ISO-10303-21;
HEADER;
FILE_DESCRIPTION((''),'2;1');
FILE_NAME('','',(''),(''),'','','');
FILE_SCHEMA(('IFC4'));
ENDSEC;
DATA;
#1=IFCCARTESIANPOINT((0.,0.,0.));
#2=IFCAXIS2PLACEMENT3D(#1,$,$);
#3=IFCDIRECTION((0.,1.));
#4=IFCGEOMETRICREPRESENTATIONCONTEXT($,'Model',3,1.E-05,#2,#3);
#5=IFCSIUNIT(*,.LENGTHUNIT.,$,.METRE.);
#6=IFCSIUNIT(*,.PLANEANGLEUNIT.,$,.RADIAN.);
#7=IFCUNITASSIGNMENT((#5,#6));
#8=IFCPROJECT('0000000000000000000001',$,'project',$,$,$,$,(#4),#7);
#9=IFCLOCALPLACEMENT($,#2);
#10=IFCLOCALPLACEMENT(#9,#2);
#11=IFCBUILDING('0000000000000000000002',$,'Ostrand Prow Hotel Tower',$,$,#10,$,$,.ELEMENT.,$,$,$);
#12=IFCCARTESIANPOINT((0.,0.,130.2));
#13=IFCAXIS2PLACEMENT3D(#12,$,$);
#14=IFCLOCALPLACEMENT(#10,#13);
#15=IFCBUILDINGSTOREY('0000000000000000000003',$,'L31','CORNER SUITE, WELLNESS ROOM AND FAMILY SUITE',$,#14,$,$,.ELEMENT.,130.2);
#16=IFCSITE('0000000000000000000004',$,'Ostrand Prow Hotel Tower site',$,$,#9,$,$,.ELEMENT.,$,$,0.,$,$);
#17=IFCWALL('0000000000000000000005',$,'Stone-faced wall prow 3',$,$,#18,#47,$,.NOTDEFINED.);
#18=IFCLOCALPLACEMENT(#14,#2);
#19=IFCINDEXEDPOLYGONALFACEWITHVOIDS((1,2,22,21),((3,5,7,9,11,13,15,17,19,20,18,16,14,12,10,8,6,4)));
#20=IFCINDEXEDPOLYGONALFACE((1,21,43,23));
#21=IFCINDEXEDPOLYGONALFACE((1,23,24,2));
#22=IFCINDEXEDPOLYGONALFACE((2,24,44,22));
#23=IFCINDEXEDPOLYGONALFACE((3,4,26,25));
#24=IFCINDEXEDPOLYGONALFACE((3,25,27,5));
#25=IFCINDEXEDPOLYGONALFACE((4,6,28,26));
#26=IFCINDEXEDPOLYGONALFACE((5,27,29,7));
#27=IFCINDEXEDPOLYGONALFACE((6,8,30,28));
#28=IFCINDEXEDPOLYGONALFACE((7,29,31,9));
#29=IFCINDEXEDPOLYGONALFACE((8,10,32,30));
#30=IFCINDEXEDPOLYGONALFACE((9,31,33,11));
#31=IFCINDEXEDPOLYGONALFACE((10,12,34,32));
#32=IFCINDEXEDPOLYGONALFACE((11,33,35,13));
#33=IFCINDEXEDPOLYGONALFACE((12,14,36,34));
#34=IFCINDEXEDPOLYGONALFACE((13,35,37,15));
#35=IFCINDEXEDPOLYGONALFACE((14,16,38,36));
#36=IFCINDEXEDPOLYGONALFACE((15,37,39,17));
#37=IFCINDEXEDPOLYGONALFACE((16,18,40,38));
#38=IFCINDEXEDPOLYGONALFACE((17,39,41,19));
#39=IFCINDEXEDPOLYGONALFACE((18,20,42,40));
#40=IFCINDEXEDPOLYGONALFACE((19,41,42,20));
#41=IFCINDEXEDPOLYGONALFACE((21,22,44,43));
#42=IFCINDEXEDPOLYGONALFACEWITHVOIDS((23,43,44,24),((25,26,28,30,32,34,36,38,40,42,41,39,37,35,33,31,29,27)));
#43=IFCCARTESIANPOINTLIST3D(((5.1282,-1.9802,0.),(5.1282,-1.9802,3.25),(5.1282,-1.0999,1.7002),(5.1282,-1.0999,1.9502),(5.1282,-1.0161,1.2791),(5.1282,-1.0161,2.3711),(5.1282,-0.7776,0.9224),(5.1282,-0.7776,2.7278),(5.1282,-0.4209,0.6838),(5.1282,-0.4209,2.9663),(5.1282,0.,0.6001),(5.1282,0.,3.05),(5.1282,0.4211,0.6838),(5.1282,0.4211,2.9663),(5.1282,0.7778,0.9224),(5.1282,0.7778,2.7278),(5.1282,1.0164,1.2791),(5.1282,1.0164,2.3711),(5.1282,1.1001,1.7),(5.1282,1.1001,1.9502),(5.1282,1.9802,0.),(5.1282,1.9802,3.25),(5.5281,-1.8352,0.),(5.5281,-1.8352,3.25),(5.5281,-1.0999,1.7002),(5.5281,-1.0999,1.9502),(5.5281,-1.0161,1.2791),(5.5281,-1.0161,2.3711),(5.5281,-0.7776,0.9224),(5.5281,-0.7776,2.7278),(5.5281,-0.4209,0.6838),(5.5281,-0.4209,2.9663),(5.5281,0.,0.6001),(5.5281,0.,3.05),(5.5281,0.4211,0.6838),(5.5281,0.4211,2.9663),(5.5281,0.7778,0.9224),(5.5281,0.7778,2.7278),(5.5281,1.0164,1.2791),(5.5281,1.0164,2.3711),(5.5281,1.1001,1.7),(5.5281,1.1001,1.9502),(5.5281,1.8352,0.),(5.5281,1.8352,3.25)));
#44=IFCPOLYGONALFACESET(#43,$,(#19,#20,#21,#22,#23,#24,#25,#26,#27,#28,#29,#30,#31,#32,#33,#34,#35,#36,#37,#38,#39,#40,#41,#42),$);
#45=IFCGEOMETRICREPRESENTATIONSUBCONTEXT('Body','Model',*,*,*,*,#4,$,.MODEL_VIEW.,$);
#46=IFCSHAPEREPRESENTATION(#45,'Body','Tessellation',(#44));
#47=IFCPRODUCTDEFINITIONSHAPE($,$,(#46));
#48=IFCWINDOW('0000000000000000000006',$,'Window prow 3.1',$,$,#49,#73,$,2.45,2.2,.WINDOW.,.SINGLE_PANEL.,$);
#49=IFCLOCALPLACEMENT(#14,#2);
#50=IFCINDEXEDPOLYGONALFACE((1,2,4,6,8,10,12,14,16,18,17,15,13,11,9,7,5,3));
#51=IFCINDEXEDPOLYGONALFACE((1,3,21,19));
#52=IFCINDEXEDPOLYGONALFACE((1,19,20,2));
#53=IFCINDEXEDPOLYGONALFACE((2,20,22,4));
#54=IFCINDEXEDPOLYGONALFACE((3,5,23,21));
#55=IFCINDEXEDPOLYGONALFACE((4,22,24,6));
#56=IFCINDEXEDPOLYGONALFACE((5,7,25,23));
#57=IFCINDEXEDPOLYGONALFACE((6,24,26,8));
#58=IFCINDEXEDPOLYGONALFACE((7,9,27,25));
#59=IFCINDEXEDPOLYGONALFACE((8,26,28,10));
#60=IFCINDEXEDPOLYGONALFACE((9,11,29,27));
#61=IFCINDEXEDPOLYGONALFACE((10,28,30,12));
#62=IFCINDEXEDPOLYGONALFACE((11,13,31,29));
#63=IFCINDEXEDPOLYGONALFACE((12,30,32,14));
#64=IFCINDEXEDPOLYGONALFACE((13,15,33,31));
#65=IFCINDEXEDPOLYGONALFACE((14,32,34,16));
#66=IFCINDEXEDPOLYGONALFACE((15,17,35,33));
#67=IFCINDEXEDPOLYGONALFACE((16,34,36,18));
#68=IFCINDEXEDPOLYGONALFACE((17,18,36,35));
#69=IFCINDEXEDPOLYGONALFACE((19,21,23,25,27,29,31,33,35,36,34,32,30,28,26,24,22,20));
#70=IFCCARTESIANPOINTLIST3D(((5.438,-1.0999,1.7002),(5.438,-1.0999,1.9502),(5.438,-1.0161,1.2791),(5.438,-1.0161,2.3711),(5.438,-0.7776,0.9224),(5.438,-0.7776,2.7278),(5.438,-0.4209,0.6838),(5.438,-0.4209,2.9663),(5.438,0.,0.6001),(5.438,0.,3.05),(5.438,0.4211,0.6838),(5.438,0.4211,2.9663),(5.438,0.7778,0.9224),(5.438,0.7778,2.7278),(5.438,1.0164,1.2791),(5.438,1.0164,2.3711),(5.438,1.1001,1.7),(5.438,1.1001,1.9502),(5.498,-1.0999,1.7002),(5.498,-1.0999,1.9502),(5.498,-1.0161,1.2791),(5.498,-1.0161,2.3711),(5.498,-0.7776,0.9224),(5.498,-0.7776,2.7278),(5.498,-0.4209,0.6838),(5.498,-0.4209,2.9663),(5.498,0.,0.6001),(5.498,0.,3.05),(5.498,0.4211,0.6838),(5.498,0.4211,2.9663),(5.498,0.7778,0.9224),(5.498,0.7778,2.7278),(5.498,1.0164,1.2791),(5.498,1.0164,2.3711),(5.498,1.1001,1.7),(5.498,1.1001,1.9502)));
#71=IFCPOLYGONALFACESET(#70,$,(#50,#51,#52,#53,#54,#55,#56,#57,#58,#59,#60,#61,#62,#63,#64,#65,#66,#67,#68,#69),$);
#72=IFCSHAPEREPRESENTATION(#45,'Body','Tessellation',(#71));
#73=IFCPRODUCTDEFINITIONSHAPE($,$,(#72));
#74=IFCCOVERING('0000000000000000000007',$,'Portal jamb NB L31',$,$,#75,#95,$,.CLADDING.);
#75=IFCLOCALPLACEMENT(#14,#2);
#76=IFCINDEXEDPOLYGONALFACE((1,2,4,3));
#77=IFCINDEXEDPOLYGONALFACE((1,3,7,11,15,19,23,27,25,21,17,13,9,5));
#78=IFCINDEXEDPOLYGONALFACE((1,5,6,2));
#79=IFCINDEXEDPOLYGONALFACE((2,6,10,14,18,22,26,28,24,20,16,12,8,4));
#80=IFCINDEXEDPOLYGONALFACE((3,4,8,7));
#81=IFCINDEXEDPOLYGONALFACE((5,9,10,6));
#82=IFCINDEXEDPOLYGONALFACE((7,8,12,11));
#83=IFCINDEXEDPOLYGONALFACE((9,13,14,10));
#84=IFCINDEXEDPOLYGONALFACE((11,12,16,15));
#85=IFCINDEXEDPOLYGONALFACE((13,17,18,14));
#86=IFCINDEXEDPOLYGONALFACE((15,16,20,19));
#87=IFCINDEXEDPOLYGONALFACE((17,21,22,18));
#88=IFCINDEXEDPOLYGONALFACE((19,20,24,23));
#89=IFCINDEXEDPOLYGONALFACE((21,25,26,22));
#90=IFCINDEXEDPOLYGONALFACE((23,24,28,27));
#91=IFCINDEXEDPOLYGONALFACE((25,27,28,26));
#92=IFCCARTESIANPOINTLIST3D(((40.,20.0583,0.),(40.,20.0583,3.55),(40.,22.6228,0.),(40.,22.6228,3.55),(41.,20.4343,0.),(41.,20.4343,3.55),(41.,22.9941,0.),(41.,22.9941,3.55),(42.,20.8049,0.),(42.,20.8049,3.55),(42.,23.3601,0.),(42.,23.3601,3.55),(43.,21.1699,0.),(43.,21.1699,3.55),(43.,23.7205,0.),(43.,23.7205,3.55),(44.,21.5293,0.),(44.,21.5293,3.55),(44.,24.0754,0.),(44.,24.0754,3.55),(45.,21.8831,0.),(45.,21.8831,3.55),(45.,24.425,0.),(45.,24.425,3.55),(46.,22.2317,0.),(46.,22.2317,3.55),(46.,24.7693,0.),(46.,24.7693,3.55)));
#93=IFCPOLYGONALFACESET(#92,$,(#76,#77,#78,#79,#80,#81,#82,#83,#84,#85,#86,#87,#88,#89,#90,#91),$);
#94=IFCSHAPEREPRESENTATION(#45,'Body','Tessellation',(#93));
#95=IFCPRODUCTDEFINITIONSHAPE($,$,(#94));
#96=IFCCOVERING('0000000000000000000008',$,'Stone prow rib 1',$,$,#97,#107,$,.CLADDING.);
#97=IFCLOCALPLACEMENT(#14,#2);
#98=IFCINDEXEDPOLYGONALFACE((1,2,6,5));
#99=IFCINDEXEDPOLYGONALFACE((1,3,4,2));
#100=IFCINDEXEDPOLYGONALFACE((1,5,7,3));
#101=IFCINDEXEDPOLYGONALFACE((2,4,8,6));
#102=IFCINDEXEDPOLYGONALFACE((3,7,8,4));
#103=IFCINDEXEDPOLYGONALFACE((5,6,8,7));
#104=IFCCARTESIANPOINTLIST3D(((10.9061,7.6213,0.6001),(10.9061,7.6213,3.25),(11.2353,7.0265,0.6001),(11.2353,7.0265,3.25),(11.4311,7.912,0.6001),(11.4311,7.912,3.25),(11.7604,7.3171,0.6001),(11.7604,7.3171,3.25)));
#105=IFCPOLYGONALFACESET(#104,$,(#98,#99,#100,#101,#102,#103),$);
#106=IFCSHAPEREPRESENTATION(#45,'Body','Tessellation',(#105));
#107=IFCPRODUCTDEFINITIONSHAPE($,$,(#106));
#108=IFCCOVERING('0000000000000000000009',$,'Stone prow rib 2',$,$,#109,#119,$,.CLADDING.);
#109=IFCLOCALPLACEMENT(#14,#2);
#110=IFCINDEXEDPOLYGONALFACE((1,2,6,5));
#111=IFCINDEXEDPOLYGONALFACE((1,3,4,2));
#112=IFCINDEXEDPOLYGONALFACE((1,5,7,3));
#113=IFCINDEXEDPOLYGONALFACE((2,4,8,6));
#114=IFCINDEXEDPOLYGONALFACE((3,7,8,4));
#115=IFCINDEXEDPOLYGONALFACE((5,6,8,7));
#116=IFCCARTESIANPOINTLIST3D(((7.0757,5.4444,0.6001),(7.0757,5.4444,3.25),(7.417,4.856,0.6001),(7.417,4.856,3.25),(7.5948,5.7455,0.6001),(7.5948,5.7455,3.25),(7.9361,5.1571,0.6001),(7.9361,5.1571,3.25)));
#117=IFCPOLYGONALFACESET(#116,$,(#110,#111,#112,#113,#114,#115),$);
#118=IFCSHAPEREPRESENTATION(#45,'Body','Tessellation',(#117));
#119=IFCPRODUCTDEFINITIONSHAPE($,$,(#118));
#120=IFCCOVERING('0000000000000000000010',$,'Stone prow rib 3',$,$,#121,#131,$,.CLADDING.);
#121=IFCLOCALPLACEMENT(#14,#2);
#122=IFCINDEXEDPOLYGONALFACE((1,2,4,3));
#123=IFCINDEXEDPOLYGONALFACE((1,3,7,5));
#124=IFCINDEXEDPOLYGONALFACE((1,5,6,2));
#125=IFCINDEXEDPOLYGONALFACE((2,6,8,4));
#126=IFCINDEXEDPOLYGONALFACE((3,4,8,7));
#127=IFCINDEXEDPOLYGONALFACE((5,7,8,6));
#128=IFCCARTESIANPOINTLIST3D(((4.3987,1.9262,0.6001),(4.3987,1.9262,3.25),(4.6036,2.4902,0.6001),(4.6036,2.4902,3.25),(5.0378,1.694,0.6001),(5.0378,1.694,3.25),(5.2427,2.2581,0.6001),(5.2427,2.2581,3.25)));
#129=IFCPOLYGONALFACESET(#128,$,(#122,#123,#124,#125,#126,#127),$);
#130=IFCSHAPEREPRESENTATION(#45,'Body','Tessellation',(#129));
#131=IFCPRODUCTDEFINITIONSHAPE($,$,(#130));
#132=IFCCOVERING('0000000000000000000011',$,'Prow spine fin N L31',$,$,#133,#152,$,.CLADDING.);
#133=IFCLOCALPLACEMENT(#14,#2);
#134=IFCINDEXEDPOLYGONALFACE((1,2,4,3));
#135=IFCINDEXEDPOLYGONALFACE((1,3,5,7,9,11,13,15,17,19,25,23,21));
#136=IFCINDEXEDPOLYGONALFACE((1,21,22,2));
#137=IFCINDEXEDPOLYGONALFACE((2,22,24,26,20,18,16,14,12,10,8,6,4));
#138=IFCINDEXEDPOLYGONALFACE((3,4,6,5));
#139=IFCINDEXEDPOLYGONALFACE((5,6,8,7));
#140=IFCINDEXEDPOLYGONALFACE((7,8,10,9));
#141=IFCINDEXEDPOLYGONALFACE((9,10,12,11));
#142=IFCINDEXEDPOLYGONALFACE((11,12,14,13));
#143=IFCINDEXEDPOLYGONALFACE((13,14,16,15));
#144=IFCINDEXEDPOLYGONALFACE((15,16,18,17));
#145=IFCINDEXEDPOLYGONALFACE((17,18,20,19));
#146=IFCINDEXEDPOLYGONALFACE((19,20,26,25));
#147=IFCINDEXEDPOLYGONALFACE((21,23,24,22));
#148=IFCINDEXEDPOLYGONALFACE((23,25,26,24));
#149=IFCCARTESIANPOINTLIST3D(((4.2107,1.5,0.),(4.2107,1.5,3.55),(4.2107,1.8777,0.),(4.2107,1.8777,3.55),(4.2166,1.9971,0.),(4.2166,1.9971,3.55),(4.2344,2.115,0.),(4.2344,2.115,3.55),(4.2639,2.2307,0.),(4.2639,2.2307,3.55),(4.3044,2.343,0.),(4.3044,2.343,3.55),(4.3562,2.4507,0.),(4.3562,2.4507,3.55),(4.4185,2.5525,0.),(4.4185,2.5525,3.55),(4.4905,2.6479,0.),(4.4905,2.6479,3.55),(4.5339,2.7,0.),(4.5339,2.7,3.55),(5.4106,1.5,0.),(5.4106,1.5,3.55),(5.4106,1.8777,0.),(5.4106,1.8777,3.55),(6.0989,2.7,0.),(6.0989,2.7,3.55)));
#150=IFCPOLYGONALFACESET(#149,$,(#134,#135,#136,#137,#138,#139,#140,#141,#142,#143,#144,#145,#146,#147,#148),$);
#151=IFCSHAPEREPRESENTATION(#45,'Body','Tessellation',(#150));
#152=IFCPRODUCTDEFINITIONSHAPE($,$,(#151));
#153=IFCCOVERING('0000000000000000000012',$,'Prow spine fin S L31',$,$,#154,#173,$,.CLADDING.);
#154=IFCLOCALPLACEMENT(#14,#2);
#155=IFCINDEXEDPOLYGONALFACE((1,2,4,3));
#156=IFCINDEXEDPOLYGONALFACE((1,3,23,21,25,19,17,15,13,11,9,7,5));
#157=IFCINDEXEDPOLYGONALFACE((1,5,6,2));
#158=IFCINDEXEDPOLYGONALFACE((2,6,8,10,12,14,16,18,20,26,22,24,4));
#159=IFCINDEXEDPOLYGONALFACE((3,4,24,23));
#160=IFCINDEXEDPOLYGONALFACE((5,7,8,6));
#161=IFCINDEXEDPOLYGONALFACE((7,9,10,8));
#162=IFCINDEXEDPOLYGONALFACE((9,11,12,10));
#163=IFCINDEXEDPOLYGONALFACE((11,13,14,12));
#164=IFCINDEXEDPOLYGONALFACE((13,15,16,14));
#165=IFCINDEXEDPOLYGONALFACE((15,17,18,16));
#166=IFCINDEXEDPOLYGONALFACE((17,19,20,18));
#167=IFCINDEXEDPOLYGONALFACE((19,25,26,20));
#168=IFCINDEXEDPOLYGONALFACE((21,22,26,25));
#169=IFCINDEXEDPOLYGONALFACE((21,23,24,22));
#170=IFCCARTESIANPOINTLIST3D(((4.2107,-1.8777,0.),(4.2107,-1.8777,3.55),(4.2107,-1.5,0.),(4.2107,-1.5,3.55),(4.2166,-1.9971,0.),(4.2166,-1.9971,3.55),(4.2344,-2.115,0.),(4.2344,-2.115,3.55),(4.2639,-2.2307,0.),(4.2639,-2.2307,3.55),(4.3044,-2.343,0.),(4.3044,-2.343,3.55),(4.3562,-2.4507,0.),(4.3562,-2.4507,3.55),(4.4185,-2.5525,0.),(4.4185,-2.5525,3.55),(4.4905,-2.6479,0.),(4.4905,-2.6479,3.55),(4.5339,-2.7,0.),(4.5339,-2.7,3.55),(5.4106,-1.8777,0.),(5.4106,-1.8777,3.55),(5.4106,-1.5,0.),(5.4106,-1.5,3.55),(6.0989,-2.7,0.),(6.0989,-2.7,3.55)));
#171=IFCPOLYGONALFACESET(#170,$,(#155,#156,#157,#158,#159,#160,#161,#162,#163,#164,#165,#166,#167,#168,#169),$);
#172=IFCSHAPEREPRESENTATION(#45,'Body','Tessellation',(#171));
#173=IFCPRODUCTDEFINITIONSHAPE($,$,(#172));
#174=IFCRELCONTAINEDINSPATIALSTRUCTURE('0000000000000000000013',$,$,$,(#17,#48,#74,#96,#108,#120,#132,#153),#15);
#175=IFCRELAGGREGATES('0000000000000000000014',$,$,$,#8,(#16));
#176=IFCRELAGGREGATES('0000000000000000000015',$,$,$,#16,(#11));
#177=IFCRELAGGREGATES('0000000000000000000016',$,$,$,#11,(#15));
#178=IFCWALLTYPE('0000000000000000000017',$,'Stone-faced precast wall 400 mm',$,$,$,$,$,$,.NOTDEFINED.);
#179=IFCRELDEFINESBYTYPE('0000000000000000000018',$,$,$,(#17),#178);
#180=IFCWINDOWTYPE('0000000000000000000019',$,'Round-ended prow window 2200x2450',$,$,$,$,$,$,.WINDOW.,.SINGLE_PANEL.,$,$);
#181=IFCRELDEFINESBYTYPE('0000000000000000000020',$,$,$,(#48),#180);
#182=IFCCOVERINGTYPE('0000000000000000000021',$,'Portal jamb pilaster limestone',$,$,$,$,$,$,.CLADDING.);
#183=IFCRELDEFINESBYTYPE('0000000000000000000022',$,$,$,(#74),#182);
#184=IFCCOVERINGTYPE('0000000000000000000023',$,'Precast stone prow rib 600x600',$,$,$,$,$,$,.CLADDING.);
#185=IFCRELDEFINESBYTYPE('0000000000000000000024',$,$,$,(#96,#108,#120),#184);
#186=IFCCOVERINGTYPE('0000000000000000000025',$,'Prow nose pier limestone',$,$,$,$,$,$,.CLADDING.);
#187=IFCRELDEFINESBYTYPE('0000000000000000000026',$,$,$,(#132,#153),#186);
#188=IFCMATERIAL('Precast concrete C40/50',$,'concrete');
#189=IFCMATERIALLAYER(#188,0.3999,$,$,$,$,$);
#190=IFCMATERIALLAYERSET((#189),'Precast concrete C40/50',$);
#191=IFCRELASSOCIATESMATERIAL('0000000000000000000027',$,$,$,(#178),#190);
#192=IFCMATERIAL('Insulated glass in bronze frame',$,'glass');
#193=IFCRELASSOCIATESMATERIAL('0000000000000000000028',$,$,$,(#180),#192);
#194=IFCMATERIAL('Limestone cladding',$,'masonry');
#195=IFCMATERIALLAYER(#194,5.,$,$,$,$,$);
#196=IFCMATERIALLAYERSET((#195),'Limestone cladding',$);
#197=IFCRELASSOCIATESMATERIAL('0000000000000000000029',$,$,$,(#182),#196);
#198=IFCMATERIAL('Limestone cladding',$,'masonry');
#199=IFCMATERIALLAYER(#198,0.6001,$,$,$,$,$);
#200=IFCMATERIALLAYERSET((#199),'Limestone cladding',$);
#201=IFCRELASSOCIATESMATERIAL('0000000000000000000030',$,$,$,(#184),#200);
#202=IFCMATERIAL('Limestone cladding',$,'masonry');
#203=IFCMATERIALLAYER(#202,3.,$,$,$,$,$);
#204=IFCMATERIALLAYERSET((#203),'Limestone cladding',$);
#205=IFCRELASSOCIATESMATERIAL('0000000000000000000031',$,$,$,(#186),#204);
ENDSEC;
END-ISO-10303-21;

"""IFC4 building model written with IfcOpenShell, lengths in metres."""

from ifc_helpers import new_model, si_unit, direction, frame, frame_2d, origin, place, context, subcontext, project, spatial, polyline, rectangle, outline, extrude, material, layer, layer_set, type_object, element, fill, save


model = new_model("IFC4")

# Units and contexts
model_context = context("Model", 3, precision=1e-05, world=origin(), true_north=direction((0.0, 1.0)))
body_context = subcontext(model_context, "Body", "Model", "MODEL_VIEW")
ifc_project = project(units=[si_unit("LENGTHUNIT", "METRE"), si_unit("PLANEANGLEUNIT", "RADIAN")], contexts=[model_context])

# Site, building, storey
site_placement = place(None, origin())
site = spatial("IfcSite", under=ifc_project, at=site_placement, Name="Ostrand Prow Hotel Tower site", CompositionType="ELEMENT", RefElevation=0.0)
building_placement = place(site_placement, origin())
building = spatial("IfcBuilding", under=site, at=building_placement, Name="Ostrand Prow Hotel Tower", CompositionType="ELEMENT")
storey_placement = place(building_placement, frame((0.0, 0.0, 130.2)))
storey = spatial("IfcBuildingStorey", under=building, at=storey_placement, Name="L31", Description="CORNER SUITE, WELLNESS ROOM AND FAMILY SUITE", CompositionType="ELEMENT", Elevation=130.2)

# Wall, opening, window
ifc_material_1 = material(Name="Precast concrete C40/50", Category="concrete")
ifc_layer_1 = layer(ifc_material_1, 0.3999)
ifc_layer_set_1 = layer_set([ifc_layer_1], Name="Precast concrete C40/50")
wall_type_1 = type_object("IfcWallType", Name="Stone-faced precast wall 400 mm", PredefinedType="NOTDEFINED", material=ifc_layer_set_1)
ifc_material_2 = material(Name="Insulated glass in bronze frame", Category="glass")
window_type = type_object("IfcWindowType", Name="Round-ended prow window 2200x2450", PartitioningType="SINGLE_PANEL", PredefinedType="WINDOW", material=ifc_material_2)
wall_1_placement = place(storey_placement, frame((5.3281, 1.9077, 0.0), z_axis=(0.0, 0.0, 1.0), x_axis=(0.0, -1.0, 0.0)))
wall_1 = element("IfcWall", 1, at=wall_1_placement, inside=storey, type_object=wall_type_1, Name="Stone-faced wall prow 3", PredefinedType="NOTDEFINED", context=body_context, shape_type="SweptSolid", body=[
    extrude(outline(polyline([(-0.0725, -0.2), (3.8879, -0.2), (3.7429, 0.2), (0.0725, 0.2), (-0.0725, -0.2)])), origin(), (0.0, 0.0, 1.0), 3.25),
])
opening_1_placement = place(wall_1_placement, frame((0.8076, 0.0, 0.6001)))
opening_1 = element("IfcOpeningElement", 2, at=opening_1_placement, cuts=wall_1, PredefinedType="OPENING", context=body_context, shape_type="SweptSolid", body=[
    extrude(outline(polyline([(0.0, 1.3501), (0.0837, 1.771), (0.3223, 2.1277), (0.679, 2.3662), (1.1001, 2.45), (1.521, 2.3662), (1.8777, 2.1277), (2.1162, 1.771), (2.2, 1.3501), (2.2, 1.1001), (2.1162, 0.679), (1.8777, 0.3223), (1.521, 0.0837), (1.1001, 0.0), (0.679, 0.0837), (0.3223, 0.3223), (0.0837, 0.679), (0.0, 1.0999), (0.0, 1.3501)])), frame((0.0, 0.21, 0.0), z_axis=(0.0, -1.0, 0.0), x_axis=(1.0, 0.0, 0.0)), (0.0, 0.0, 1.0), 0.4199),
])
window_1_placement = place(opening_1_placement, origin())
window_1 = element("IfcWindow", 3, at=window_1_placement, inside=storey, type_object=window_type, Name="Window prow 3.1", OverallHeight=2.45, OverallWidth=2.2, PartitioningType="SINGLE_PANEL", PredefinedType="WINDOW", context=body_context, shape_type="SweptSolid", body=[
    extrude(outline(polyline([(0.0, 1.3501), (0.0837, 1.771), (0.3223, 2.1277), (0.679, 2.3662), (1.1001, 2.45), (1.521, 2.3662), (1.8777, 2.1277), (2.1162, 1.771), (2.2, 1.3501), (2.2, 1.1001), (2.1162, 0.679), (1.8777, 0.3223), (1.521, 0.0837), (1.1001, 0.0), (0.679, 0.0837), (0.3223, 0.3223), (0.0837, 0.679), (0.0, 1.0999), (0.0, 1.3501)])), frame((0.0, 0.1699, 0.0), z_axis=(0.0, -1.0, 0.0), x_axis=(1.0, 0.0, 0.0)), (0.0, 0.0, 1.0), 0.0601),
])
fill(opening_1, window_1)

# Coverings
ifc_material_3 = material(Name="Limestone cladding", Category="masonry")
ifc_layer_2 = layer(ifc_material_3, 5.0)
ifc_layer_set_2 = layer_set([ifc_layer_2], Name="Limestone cladding")
covering_type_1 = type_object("IfcCoveringType", Name="Portal jamb pilaster limestone", PredefinedType="CLADDING", material=ifc_layer_set_2)
covering_1_placement = place(storey_placement, origin())
element("IfcCovering", 4, at=covering_1_placement, inside=storey, type_object=covering_type_1, Name="Portal jamb NB L31", PredefinedType="CLADDING", context=body_context, shape_type="SweptSolid", body=[
    extrude(outline(polyline([(40.0, 20.0583), (41.0, 20.4343), (42.0, 20.8049), (43.0, 21.1699), (44.0, 21.5293), (45.0, 21.8831), (46.0, 22.2317), (46.0, 24.7693), (45.0, 24.425), (44.0, 24.0754), (43.0, 23.7205), (42.0, 23.3601), (41.0, 22.9941), (40.0, 22.6228), (40.0, 20.0583)])), origin(), (0.0, 0.0, 1.0), 3.55),
])
ifc_material_4 = material(Name="Limestone cladding", Category="masonry")
ifc_layer_3 = layer(ifc_material_4, 0.6001)
ifc_layer_set_3 = layer_set([ifc_layer_3], Name="Limestone cladding")
covering_type_2 = type_object("IfcCoveringType", Name="Precast stone prow rib 600x600", PredefinedType="CLADDING", material=ifc_layer_set_3)
covering_2_placement = place(storey_placement, frame((11.4978, 7.1719, 0.6001), z_axis=(0.0, 0.0, 1.0), x_axis=(-0.484301, 0.874901, 0.0)))
element("IfcCovering", 5, at=covering_2_placement, inside=storey, type_object=covering_type_2, Name="Stone prow rib 1", PredefinedType="CLADDING", context=body_context, shape_type="SweptSolid", body=[
    extrude(rectangle(XDim=0.6799, YDim=0.6001, at=frame_2d((0.3398, 0.0))), origin(), (0.0, 0.0, 1.0), 2.6499),
])
covering_3_placement = place(storey_placement, frame((7.6765, 5.0066, 0.6001), z_axis=(0.0, 0.0, 1.0), x_axis=(-0.501772, 0.865, 0.0)))
element("IfcCovering", 6, at=covering_3_placement, inside=storey, type_object=covering_type_2, Name="Stone prow rib 2", PredefinedType="CLADDING", context=body_context, shape_type="SweptSolid", body=[
    extrude(rectangle(XDim=0.6802, YDim=0.6001, at=frame_2d((0.3401, 0.0))), origin(), (0.0, 0.0, 1.0), 2.6499),
])
covering_4_placement = place(storey_placement, frame((5.1401, 1.9761, 0.6001), z_axis=(0.0, 0.0, 1.0), x_axis=(-0.939909, 0.341426, 0.0)))
element("IfcCovering", 7, at=covering_4_placement, inside=storey, type_object=covering_type_2, Name="Stone prow rib 3", PredefinedType="CLADDING", context=body_context, shape_type="SweptSolid", body=[
    extrude(rectangle(XDim=0.6799, YDim=0.6001, at=frame_2d((0.3398, 0.0))), origin(), (0.0, 0.0, 1.0), 2.6499),
])
ifc_material_5 = material(Name="Limestone cladding", Category="masonry")
ifc_layer_4 = layer(ifc_material_5, 3.0)
ifc_layer_set_4 = layer_set([ifc_layer_4], Name="Limestone cladding")
covering_type_3 = type_object("IfcCoveringType", Name="Prow nose pier limestone", PredefinedType="CLADDING", material=ifc_layer_set_4)
covering_5_placement = place(storey_placement, origin())
element("IfcCovering", 8, at=covering_5_placement, inside=storey, type_object=covering_type_3, Name="Prow spine fin N L31", PredefinedType="CLADDING", context=body_context, shape_type="SweptSolid", body=[
    extrude(outline(polyline([(4.2107, 1.8777), (4.2107, 1.5), (5.4106, 1.5), (5.4106, 1.8777), (6.0989, 2.7), (4.5339, 2.7), (4.4905, 2.6479), (4.4185, 2.5525), (4.3562, 2.4507), (4.3044, 2.343), (4.2639, 2.2307), (4.2344, 2.115), (4.2166, 1.9971), (4.2107, 1.8777)])), origin(), (0.0, 0.0, 1.0), 3.55),
])
covering_6_placement = place(storey_placement, origin())
element("IfcCovering", 9, at=covering_6_placement, inside=storey, type_object=covering_type_3, Name="Prow spine fin S L31", PredefinedType="CLADDING", context=body_context, shape_type="SweptSolid", body=[
    extrude(outline(polyline([(4.4905, -2.6479), (4.5339, -2.7), (6.0989, -2.7), (5.4106, -1.8777), (5.4106, -1.5), (4.2107, -1.5), (4.2107, -1.8777), (4.2166, -1.9971), (4.2344, -2.115), (4.2639, -2.2307), (4.3044, -2.343), (4.3562, -2.4507), (4.4185, -2.5525), (4.4905, -2.6479)])), origin(), (0.0, 0.0, 1.0), 3.55),
])

save(model, "model.ifc")
